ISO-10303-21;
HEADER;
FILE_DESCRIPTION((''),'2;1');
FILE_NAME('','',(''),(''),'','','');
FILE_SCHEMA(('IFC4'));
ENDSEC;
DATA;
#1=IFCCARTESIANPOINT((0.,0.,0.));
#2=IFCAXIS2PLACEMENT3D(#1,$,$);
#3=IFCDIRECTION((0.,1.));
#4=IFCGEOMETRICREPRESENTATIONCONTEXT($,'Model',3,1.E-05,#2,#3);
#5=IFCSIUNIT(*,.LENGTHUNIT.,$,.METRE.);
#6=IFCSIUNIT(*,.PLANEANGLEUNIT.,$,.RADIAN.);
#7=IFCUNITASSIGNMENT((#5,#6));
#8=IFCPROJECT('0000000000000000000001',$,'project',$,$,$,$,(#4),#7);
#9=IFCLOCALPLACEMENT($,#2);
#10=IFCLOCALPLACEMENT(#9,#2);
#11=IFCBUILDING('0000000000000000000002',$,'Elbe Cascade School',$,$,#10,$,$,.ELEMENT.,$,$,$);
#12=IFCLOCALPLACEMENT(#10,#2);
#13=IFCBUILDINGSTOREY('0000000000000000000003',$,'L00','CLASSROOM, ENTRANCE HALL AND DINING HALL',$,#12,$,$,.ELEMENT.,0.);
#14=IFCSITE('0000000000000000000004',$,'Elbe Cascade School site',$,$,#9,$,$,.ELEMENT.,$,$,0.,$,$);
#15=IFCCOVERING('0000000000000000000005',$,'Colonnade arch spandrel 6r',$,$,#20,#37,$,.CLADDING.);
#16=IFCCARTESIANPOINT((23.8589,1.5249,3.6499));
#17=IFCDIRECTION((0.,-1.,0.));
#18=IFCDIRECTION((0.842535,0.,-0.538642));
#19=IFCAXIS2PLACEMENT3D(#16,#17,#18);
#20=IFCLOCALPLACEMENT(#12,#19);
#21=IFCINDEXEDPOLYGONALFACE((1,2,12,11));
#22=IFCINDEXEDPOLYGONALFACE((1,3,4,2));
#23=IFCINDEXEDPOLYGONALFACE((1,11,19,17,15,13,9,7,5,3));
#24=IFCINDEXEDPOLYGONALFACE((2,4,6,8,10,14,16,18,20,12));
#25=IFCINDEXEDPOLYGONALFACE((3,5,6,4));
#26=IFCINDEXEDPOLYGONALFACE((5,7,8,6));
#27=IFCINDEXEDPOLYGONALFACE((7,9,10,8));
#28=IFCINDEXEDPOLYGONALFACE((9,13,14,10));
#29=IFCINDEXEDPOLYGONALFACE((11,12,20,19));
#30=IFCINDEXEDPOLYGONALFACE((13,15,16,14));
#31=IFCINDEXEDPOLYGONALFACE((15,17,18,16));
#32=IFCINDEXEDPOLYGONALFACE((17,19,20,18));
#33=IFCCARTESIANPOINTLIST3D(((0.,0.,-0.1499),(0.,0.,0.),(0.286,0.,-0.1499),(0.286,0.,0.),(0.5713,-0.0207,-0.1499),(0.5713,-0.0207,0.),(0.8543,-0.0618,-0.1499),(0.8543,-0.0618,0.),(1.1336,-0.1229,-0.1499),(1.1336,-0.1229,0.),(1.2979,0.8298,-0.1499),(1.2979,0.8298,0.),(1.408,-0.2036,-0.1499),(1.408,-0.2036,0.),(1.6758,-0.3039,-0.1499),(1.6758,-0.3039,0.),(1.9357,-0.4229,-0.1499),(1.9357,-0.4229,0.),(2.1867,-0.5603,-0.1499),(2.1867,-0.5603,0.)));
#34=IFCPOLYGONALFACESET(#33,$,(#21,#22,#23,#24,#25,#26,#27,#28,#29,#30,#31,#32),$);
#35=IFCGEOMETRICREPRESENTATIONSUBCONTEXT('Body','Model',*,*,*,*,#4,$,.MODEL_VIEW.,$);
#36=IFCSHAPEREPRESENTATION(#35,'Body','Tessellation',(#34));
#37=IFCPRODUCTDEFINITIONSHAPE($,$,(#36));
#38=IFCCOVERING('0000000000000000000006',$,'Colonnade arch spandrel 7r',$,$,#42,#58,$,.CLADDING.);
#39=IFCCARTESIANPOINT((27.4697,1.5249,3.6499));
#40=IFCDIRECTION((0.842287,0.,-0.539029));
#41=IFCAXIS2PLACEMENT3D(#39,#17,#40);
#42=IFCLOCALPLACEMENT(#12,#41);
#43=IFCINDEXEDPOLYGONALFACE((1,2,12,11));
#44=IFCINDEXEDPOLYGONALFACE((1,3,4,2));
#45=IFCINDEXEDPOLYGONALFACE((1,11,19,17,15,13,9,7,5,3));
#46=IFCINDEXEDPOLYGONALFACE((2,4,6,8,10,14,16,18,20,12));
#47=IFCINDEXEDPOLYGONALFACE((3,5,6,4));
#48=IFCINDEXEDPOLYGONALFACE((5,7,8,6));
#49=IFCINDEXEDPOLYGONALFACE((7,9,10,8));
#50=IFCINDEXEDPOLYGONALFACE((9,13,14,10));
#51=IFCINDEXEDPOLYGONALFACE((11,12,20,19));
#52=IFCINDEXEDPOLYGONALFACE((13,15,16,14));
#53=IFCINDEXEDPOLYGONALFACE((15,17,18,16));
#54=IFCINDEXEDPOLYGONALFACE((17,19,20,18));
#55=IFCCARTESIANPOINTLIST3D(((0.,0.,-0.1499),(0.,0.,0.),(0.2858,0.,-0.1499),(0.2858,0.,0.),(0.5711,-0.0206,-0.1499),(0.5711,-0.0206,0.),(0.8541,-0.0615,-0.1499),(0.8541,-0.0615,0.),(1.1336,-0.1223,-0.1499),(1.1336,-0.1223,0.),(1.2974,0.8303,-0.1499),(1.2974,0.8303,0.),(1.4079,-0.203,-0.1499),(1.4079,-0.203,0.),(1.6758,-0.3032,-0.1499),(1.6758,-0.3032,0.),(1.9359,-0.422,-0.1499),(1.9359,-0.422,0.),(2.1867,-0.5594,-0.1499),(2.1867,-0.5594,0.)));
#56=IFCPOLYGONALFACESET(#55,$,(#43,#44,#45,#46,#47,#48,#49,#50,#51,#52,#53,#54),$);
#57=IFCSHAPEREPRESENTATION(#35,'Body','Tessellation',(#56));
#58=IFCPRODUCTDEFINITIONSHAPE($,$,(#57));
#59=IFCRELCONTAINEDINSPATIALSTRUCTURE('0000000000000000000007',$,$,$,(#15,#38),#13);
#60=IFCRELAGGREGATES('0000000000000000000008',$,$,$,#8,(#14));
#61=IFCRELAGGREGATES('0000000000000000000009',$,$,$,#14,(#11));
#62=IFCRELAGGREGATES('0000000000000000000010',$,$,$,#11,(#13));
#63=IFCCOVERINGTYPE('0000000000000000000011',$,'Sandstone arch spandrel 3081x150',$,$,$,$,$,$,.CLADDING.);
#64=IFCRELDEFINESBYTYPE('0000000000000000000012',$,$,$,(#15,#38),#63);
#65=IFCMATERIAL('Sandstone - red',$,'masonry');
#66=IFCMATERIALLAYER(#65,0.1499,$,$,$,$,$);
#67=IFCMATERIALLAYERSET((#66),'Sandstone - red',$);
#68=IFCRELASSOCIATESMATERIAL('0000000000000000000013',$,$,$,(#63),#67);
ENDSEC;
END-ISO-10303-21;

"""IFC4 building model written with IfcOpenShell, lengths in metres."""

from ifc_helpers import new_model, si_unit, direction, frame, origin, place, context, subcontext, project, spatial, polyline, outline, extrude, material, layer, layer_set, type_object, element, save


model = new_model("IFC4")

# Units and contexts
model_context = context("Model", 3, precision=1e-05, world=origin(), true_north=direction((0.0, 1.0)))
body_context = subcontext(model_context, "Body", "Model", "MODEL_VIEW")
ifc_project = project(units=[si_unit("LENGTHUNIT", "METRE"), si_unit("PLANEANGLEUNIT", "RADIAN")], contexts=[model_context])

# Site, building, storey
site_placement = place(None, origin())
site = spatial("IfcSite", under=ifc_project, at=site_placement, Name="Elbe Cascade School site", CompositionType="ELEMENT", RefElevation=0.0)
building_placement = place(site_placement, origin())
building = spatial("IfcBuilding", under=site, at=building_placement, Name="Elbe Cascade School", CompositionType="ELEMENT")
storey_placement = place(building_placement, origin())
storey = spatial("IfcBuildingStorey", under=building, at=storey_placement, Name="L00", Description="CLASSROOM, ENTRANCE HALL AND DINING HALL", CompositionType="ELEMENT", Elevation=0.0)

# Coverings
ifc_material_1 = material(Name="Sandstone - red", Category="masonry")
ifc_layer = layer(ifc_material_1, 0.1499)
ifc_layer_set = layer_set([ifc_layer], Name="Sandstone - red")
covering_type = type_object("IfcCoveringType", Name="Sandstone arch spandrel 3081x150", PredefinedType="CLADDING", material=ifc_layer_set)
covering_1_placement = place(storey_placement, frame((23.8589, 1.5249, 3.6499), z_axis=(0.0, -1.0, 0.0), x_axis=(0.842535, 0.0, -0.538642)))
element("IfcCovering", 1, at=covering_1_placement, inside=storey, type_object=covering_type, Name="Colonnade arch spandrel 6r", PredefinedType="CLADDING", context=body_context, shape_type="SweptSolid", body=[
    extrude(outline(polyline([(0.0, 0.0), (0.286, 0.0), (0.5713, -0.0207), (0.8543, -0.0618), (1.1336, -0.1229), (1.408, -0.2036), (1.6758, -0.3039), (1.9357, -0.4229), (2.1867, -0.5603), (1.2979, 0.8298), (0.0, 0.0)])), origin(), (0.0, 0.0, -1.0), 0.1499),
])
covering_2_placement = place(storey_placement, frame((27.4697, 1.5249, 3.6499), z_axis=(0.0, -1.0, 0.0), x_axis=(0.842287, 0.0, -0.539029)))
element("IfcCovering", 2, at=covering_2_placement, inside=storey, type_object=covering_type, Name="Colonnade arch spandrel 7r", PredefinedType="CLADDING", context=body_context, shape_type="SweptSolid", body=[
    extrude(outline(polyline([(0.0, 0.0), (0.2858, 0.0), (0.5711, -0.0206), (0.8541, -0.0615), (1.1336, -0.1223), (1.4079, -0.203), (1.6758, -0.3032), (1.9359, -0.422), (2.1867, -0.5594), (1.2974, 0.8303), (0.0, 0.0)])), origin(), (0.0, 0.0, -1.0), 0.1499),
])

save(model, "model.ifc")
